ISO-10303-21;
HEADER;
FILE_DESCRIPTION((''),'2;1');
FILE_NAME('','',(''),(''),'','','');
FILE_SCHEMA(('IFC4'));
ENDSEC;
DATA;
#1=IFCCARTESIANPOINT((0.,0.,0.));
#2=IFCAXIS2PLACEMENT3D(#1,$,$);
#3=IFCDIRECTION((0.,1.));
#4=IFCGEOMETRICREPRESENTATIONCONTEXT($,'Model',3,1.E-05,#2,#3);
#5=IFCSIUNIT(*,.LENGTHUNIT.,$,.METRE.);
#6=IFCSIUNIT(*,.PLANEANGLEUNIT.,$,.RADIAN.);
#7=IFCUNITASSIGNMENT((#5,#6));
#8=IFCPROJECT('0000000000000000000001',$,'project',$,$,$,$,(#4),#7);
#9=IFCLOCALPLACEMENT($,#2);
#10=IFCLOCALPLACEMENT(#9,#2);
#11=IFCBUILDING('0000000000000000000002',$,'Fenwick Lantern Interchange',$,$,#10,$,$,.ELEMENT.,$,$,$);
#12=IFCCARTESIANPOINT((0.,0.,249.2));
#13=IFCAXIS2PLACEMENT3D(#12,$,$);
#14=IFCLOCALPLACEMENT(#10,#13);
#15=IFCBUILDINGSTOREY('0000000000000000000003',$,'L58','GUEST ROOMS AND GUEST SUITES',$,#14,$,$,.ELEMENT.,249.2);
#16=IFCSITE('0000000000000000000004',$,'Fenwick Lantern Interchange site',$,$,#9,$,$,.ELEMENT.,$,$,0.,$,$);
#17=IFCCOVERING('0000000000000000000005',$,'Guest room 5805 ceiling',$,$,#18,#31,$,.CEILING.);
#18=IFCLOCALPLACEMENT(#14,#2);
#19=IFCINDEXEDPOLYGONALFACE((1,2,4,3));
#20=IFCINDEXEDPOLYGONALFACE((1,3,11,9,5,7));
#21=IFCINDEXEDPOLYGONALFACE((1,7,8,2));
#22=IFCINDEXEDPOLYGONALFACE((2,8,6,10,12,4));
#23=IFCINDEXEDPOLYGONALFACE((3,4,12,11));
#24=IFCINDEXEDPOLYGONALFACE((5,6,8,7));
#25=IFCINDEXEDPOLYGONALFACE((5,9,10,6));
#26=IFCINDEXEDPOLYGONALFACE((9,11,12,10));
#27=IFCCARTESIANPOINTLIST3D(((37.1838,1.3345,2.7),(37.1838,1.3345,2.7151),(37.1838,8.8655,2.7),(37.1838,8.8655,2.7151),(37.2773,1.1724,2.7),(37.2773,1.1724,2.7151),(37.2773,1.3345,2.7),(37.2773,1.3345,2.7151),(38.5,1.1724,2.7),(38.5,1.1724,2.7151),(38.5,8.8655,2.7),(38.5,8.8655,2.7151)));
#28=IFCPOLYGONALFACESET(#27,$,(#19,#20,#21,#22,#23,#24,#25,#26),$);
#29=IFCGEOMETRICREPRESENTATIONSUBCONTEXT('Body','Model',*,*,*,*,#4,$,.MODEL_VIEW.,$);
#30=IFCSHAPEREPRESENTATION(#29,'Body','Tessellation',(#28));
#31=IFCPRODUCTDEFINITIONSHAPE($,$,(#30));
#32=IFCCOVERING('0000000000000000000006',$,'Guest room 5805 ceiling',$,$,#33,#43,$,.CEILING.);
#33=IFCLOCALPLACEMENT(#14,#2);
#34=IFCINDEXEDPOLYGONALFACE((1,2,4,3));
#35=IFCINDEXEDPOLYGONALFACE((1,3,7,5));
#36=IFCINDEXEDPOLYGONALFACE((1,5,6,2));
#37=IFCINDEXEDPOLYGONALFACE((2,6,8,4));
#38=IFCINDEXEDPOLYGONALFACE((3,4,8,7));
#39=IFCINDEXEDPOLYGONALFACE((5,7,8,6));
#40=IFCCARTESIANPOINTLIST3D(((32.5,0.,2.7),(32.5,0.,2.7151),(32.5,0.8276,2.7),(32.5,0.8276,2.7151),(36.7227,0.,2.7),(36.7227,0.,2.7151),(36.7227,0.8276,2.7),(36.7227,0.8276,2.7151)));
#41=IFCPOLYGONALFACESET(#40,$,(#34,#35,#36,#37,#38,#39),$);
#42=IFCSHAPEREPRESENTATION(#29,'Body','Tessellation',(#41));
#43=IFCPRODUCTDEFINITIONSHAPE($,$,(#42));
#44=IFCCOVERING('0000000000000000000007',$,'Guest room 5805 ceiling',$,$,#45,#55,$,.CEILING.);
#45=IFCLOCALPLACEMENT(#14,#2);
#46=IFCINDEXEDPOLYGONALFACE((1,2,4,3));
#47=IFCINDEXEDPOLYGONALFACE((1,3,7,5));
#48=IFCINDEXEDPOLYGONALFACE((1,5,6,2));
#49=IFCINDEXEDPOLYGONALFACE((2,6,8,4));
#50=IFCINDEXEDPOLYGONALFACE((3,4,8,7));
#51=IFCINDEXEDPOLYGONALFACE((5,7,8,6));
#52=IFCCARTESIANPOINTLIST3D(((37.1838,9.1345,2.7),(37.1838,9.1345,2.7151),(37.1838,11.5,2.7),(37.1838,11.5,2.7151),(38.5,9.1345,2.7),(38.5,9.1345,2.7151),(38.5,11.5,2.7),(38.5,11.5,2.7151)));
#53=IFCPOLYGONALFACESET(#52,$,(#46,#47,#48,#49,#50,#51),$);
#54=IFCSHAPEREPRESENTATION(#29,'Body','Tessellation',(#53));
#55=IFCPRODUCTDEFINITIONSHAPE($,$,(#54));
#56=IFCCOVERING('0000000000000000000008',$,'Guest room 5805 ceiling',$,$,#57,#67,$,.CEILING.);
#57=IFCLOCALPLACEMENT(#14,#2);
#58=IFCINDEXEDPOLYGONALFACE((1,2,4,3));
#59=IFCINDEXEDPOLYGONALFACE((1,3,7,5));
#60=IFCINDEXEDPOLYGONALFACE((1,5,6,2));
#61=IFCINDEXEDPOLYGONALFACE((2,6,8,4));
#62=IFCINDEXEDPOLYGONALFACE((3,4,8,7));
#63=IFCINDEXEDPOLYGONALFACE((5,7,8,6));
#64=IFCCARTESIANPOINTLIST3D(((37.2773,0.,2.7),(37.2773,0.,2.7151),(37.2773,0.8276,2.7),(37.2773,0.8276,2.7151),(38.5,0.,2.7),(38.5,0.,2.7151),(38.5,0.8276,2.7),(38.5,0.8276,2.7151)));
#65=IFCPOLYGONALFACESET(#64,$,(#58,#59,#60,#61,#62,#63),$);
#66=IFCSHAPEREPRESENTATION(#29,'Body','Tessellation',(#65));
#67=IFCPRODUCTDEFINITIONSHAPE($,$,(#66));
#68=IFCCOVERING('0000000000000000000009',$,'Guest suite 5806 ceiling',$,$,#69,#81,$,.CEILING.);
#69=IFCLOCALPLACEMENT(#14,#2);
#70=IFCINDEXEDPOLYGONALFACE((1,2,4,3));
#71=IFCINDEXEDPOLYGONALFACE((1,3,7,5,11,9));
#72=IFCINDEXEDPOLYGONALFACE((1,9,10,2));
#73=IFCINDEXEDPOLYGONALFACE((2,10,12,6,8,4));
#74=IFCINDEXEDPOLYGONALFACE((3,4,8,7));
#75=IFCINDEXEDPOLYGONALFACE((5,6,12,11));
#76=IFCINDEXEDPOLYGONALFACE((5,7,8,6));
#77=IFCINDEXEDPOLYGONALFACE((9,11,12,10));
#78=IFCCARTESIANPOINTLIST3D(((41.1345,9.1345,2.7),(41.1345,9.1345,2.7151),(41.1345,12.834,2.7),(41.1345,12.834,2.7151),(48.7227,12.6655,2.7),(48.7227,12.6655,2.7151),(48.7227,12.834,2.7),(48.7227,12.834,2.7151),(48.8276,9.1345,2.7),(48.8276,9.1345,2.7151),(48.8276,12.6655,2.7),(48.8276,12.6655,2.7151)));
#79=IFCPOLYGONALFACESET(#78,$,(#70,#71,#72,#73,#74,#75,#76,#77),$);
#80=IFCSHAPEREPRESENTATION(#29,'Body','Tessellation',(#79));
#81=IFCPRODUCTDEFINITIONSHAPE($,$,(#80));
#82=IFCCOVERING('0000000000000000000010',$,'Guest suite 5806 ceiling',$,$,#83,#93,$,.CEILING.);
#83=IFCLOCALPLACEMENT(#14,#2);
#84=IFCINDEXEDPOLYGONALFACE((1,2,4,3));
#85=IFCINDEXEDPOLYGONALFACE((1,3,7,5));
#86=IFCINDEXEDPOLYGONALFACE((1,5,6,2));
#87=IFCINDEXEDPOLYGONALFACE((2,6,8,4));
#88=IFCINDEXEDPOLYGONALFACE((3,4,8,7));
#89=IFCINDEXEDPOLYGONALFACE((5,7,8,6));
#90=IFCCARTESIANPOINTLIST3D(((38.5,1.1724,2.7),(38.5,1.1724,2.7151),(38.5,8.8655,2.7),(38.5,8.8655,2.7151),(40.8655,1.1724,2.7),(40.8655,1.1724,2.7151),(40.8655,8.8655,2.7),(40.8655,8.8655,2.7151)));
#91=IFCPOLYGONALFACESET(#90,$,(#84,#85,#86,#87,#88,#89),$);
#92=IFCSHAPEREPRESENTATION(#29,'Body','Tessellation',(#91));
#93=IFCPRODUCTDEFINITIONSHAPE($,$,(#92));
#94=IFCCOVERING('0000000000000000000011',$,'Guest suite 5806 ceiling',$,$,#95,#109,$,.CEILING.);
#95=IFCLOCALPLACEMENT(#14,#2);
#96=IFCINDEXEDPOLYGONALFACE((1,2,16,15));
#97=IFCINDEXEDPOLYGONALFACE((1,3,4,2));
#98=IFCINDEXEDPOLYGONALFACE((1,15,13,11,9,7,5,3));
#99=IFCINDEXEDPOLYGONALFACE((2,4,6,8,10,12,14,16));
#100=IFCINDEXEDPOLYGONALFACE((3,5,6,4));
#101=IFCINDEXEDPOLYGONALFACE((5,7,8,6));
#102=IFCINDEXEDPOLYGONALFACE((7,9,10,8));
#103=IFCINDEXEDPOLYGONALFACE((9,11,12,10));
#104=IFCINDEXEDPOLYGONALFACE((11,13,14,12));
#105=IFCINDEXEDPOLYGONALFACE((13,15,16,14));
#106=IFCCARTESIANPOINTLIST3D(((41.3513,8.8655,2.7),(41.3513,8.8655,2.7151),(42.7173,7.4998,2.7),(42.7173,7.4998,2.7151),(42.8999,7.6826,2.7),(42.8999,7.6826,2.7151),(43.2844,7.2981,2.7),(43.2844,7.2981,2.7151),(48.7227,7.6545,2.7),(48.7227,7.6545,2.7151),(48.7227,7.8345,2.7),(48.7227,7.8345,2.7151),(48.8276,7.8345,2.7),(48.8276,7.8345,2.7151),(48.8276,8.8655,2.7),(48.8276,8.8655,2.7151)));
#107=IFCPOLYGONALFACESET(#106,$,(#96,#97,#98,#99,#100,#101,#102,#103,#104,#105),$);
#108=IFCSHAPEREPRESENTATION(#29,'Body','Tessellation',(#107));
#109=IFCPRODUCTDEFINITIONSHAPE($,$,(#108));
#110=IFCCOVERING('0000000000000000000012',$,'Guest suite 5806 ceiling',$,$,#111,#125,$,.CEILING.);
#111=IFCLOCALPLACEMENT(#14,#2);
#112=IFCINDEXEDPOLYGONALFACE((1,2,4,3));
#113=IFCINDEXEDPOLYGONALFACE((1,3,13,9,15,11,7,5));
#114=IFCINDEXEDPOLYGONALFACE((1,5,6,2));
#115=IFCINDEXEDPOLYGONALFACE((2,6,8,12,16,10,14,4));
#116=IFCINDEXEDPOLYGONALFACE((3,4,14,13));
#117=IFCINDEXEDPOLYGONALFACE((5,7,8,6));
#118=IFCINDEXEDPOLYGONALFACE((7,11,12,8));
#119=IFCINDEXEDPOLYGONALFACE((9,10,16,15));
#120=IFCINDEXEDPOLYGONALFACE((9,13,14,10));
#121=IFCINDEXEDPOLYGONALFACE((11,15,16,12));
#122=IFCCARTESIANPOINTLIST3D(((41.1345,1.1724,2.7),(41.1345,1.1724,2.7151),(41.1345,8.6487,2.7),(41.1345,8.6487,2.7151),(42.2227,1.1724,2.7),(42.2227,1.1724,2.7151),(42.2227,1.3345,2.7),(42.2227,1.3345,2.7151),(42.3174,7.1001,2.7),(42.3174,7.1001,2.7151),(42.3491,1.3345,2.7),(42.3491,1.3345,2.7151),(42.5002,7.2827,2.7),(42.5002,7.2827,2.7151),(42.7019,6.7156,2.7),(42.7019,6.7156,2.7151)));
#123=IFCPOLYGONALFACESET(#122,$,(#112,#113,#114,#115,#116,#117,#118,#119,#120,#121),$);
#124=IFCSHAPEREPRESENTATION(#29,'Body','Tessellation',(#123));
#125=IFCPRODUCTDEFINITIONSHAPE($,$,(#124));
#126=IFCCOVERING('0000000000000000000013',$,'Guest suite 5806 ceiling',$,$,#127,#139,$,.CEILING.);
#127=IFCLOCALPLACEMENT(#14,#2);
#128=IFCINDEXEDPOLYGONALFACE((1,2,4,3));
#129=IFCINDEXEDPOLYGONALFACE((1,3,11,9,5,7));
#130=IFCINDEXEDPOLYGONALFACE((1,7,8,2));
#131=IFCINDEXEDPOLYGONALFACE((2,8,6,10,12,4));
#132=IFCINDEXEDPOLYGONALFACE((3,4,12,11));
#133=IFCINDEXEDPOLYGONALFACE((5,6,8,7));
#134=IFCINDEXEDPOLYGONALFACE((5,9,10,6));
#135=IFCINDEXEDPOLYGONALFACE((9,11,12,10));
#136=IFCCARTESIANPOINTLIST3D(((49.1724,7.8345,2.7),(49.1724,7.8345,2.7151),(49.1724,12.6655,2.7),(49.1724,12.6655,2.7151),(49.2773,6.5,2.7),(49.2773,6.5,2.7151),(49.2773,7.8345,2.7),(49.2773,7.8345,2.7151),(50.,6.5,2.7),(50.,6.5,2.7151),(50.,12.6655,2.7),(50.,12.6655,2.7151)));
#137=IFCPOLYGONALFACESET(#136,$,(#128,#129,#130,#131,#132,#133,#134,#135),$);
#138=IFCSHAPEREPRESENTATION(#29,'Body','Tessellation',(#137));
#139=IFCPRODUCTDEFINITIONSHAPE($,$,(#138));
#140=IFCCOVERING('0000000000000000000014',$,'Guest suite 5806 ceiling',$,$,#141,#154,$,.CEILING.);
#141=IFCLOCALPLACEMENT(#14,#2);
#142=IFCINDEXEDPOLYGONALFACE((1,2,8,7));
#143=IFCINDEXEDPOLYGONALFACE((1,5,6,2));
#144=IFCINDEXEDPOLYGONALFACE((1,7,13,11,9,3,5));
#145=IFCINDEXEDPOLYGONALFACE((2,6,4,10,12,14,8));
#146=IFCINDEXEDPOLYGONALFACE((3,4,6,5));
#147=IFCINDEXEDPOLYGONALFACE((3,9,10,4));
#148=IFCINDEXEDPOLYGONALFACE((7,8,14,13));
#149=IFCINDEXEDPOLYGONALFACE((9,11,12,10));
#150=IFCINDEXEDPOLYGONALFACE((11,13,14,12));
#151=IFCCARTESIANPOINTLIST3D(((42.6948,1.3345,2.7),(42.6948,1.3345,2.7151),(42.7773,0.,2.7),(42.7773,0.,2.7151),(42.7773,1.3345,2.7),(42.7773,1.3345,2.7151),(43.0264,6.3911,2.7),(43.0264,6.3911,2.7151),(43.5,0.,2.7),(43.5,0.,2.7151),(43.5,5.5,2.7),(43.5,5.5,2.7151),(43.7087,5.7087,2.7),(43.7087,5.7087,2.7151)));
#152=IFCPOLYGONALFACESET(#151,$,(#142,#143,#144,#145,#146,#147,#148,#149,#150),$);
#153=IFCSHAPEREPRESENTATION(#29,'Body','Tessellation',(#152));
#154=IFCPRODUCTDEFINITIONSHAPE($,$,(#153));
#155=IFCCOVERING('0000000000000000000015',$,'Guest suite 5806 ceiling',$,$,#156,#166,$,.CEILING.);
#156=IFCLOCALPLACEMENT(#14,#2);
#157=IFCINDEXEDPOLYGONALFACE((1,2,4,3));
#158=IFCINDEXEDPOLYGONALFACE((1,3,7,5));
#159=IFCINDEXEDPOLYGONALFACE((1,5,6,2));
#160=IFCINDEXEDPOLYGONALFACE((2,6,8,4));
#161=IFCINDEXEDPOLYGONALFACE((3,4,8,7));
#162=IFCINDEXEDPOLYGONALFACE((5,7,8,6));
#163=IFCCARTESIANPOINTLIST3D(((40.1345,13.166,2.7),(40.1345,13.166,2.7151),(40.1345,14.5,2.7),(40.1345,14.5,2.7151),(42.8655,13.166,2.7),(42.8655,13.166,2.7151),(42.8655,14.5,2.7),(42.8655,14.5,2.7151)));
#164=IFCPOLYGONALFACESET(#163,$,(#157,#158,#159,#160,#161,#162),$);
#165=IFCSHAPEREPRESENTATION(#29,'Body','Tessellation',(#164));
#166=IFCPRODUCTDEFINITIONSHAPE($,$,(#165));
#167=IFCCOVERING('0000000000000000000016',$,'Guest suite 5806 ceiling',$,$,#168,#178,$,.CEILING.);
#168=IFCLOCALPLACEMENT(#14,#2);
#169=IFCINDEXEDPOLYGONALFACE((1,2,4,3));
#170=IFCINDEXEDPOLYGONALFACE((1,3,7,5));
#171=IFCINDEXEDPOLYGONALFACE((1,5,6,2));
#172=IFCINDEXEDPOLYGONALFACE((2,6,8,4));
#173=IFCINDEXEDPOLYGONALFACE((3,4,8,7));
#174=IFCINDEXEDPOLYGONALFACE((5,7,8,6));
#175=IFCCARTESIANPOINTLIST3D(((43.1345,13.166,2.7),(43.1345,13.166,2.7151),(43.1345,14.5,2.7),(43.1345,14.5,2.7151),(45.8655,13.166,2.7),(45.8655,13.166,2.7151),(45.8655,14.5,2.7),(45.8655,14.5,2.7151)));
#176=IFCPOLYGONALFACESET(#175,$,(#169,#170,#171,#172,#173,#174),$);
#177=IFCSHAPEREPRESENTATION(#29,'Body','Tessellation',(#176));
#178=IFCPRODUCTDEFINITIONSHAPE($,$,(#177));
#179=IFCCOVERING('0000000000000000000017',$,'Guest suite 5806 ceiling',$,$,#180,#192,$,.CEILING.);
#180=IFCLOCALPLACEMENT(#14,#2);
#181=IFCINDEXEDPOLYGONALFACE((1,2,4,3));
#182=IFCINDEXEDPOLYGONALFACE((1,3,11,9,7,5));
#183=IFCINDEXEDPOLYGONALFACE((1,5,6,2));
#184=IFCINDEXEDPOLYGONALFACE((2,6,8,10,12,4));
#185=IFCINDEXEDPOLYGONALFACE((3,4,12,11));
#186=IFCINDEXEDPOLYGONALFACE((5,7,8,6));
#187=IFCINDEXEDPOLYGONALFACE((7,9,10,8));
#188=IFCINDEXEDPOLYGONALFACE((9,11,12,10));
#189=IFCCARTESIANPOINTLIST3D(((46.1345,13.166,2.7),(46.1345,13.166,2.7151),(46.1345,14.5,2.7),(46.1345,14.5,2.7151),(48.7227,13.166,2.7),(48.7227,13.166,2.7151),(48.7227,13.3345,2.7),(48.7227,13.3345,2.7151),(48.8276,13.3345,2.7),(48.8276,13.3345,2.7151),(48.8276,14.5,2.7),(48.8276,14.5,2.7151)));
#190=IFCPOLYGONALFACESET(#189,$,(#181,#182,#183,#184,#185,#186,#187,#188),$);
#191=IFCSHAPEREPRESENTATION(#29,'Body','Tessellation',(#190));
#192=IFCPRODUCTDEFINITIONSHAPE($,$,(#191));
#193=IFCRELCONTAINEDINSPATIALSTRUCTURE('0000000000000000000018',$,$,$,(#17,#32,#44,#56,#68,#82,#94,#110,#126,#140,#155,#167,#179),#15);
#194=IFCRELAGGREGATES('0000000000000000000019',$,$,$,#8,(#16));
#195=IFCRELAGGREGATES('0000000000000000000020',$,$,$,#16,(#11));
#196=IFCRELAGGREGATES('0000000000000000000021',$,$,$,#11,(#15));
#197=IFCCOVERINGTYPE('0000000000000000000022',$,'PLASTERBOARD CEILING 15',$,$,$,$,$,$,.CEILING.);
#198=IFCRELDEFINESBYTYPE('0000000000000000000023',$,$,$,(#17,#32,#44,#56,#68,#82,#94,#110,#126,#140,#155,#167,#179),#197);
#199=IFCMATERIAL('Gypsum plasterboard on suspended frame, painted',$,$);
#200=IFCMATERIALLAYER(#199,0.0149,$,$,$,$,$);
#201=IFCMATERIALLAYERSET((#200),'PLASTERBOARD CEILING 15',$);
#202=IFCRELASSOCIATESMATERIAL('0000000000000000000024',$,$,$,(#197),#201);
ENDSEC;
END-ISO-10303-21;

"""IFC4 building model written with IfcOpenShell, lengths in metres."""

from ifc_helpers import new_model, si_unit, direction, frame, origin, place, context, subcontext, project, spatial, polyline, outline, extrude, material, layer, layer_set, type_object, element, save


model = new_model("IFC4")

# Units and contexts
model_context = context("Model", 3, precision=1e-05, world=origin(), true_north=direction((0.0, 1.0)))
body_context = subcontext(model_context, "Body", "Model", "MODEL_VIEW")
ifc_project = project(units=[si_unit("LENGTHUNIT", "METRE"), si_unit("PLANEANGLEUNIT", "RADIAN")], contexts=[model_context])

# Site, building, storey
site_placement = place(None, origin())
site = spatial("IfcSite", under=ifc_project, at=site_placement, Name="Fenwick Lantern Interchange site", CompositionType="ELEMENT", RefElevation=0.0)
building_placement = place(site_placement, origin())
building = spatial("IfcBuilding", under=site, at=building_placement, Name="Fenwick Lantern Interchange", CompositionType="ELEMENT")
storey_placement = place(building_placement, frame((0.0, 0.0, 249.2)))
storey = spatial("IfcBuildingStorey", under=building, at=storey_placement, Name="L58", Description="GUEST ROOMS AND GUEST SUITES", CompositionType="ELEMENT", Elevation=249.2)

# Coverings
ifc_material = material(Name="Gypsum plasterboard on suspended frame, painted")
ifc_layer = layer(ifc_material, 0.0149)
ifc_layer_set = layer_set([ifc_layer], Name="PLASTERBOARD CEILING 15")
covering_type = type_object("IfcCoveringType", Name="PLASTERBOARD CEILING 15", PredefinedType="CEILING", material=ifc_layer_set)
covering_1_placement = place(storey_placement, frame((0.0, 0.0, 2.7)))
element("IfcCovering", 1, at=covering_1_placement, inside=storey, type_object=covering_type, Name="Guest room 5805 ceiling", PredefinedType="CEILING", context=body_context, shape_type="SweptSolid", body=[
    extrude(outline(polyline([(37.2773, 1.3345), (37.2773, 1.1724), (38.5, 1.1724), (38.5, 8.8655), (37.1838, 8.8655), (37.1838, 1.3345), (37.2773, 1.3345)])), origin(), (0.0, 0.0, 1.0), 0.0151),
])
covering_2_placement = place(storey_placement, frame((0.0, 0.0, 2.7)))
element("IfcCovering", 2, at=covering_2_placement, inside=storey, type_object=covering_type, Name="Guest room 5805 ceiling", PredefinedType="CEILING", context=body_context, shape_type="SweptSolid", body=[
    extrude(outline(polyline([(36.7227, 0.0), (36.7227, 0.8276), (32.5, 0.8276), (32.5, 0.0), (36.7227, 0.0)])), origin(), (0.0, 0.0, 1.0), 0.0151),
])
covering_3_placement = place(storey_placement, frame((0.0, 0.0, 2.7)))
element("IfcCovering", 3, at=covering_3_placement, inside=storey, type_object=covering_type, Name="Guest room 5805 ceiling", PredefinedType="CEILING", context=body_context, shape_type="SweptSolid", body=[
    extrude(outline(polyline([(38.5, 11.5), (37.1838, 11.5), (37.1838, 9.1345), (38.5, 9.1345), (38.5, 11.5)])), origin(), (0.0, 0.0, 1.0), 0.0151),
])
covering_4_placement = place(storey_placement, frame((0.0, 0.0, 2.7)))
element("IfcCovering", 4, at=covering_4_placement, inside=storey, type_object=covering_type, Name="Guest room 5805 ceiling", PredefinedType="CEILING", context=body_context, shape_type="SweptSolid", body=[
    extrude(outline(polyline([(37.2773, 0.0), (38.5, 0.0), (38.5, 0.8276), (37.2773, 0.8276), (37.2773, 0.0)])), origin(), (0.0, 0.0, 1.0), 0.0151),
])
covering_5_placement = place(storey_placement, frame((0.0, 0.0, 2.7)))
element("IfcCovering", 5, at=covering_5_placement, inside=storey, type_object=covering_type, Name="Guest suite 5806 ceiling", PredefinedType="CEILING", context=body_context, shape_type="SweptSolid", body=[
    extrude(outline(polyline([(48.7227, 12.6655), (48.7227, 12.834), (41.1345, 12.834), (41.1345, 9.1345), (48.8276, 9.1345), (48.8276, 12.6655), (48.7227, 12.6655)])), origin(), (0.0, 0.0, 1.0), 0.0151),
])
covering_6_placement = place(storey_placement, frame((0.0, 0.0, 2.7)))
element("IfcCovering", 6, at=covering_6_placement, inside=storey, type_object=covering_type, Name="Guest suite 5806 ceiling", PredefinedType="CEILING", context=body_context, shape_type="SweptSolid", body=[
    extrude(outline(polyline([(38.5, 8.8655), (38.5, 1.1724), (40.8655, 1.1724), (40.8655, 8.8655), (38.5, 8.8655)])), origin(), (0.0, 0.0, 1.0), 0.0151),
])
covering_7_placement = place(storey_placement, frame((0.0, 0.0, 2.7)))
element("IfcCovering", 7, at=covering_7_placement, inside=storey, type_object=covering_type, Name="Guest suite 5806 ceiling", PredefinedType="CEILING", context=body_context, shape_type="SweptSolid", body=[
    extrude(outline(polyline([(48.7227, 7.8345), (48.8276, 7.8345), (48.8276, 8.8655), (41.3513, 8.8655), (42.7173, 7.4998), (42.8999, 7.6826), (43.2844, 7.2981), (48.7227, 7.6545), (48.7227, 7.8345)])), origin(), (0.0, 0.0, 1.0), 0.0151),
])
covering_8_placement = place(storey_placement, frame((0.0, 0.0, 2.7)))
element("IfcCovering", 8, at=covering_8_placement, inside=storey, type_object=covering_type, Name="Guest suite 5806 ceiling", PredefinedType="CEILING", context=body_context, shape_type="SweptSolid", body=[
    extrude(outline(polyline([(42.2227, 1.3345), (42.3491, 1.3345), (42.7019, 6.7156), (42.3174, 7.1001), (42.5002, 7.2827), (41.1345, 8.6487), (41.1345, 1.1724), (42.2227, 1.1724), (42.2227, 1.3345)])), origin(), (0.0, 0.0, 1.0), 0.0151),
])
covering_9_placement = place(storey_placement, frame((0.0, 0.0, 2.7)))
element("IfcCovering", 9, at=covering_9_placement, inside=storey, type_object=covering_type, Name="Guest suite 5806 ceiling", PredefinedType="CEILING", context=body_context, shape_type="SweptSolid", body=[
    extrude(outline(polyline([(50.0, 12.6655), (49.1724, 12.6655), (49.1724, 7.8345), (49.2773, 7.8345), (49.2773, 6.5), (50.0, 6.5), (50.0, 12.6655)])), origin(), (0.0, 0.0, 1.0), 0.0151),
])
covering_10_placement = place(storey_placement, frame((0.0, 0.0, 2.7)))
element("IfcCovering", 10, at=covering_10_placement, inside=storey, type_object=covering_type, Name="Guest suite 5806 ceiling", PredefinedType="CEILING", context=body_context, shape_type="SweptSolid", body=[
    extrude(outline(polyline([(42.6948, 1.3345), (42.7773, 1.3345), (42.7773, 0.0), (43.5, 0.0), (43.5, 5.5), (43.7087, 5.7087), (43.0264, 6.3911), (42.6948, 1.3345)])), origin(), (0.0, 0.0, 1.0), 0.0151),
])
covering_11_placement = place(storey_placement, frame((0.0, 0.0, 2.7)))
element("IfcCovering", 11, at=covering_11_placement, inside=storey, type_object=covering_type, Name="Guest suite 5806 ceiling", PredefinedType="CEILING", context=body_context, shape_type="SweptSolid", body=[
    extrude(outline(polyline([(42.8655, 14.5), (40.1345, 14.5), (40.1345, 13.166), (42.8655, 13.166), (42.8655, 14.5)])), origin(), (0.0, 0.0, 1.0), 0.0151),
])
covering_12_placement = place(storey_placement, frame((0.0, 0.0, 2.7)))
element("IfcCovering", 12, at=covering_12_placement, inside=storey, type_object=covering_type, Name="Guest suite 5806 ceiling", PredefinedType="CEILING", context=body_context, shape_type="SweptSolid", body=[
    extrude(outline(polyline([(45.8655, 14.5), (43.1345, 14.5), (43.1345, 13.166), (45.8655, 13.166), (45.8655, 14.5)])), origin(), (0.0, 0.0, 1.0), 0.0151),
])
covering_13_placement = place(storey_placement, frame((0.0, 0.0, 2.7)))
element("IfcCovering", 13, at=covering_13_placement, inside=storey, type_object=covering_type, Name="Guest suite 5806 ceiling", PredefinedType="CEILING", context=body_context, shape_type="SweptSolid", body=[
    extrude(outline(polyline([(48.8276, 14.5), (46.1345, 14.5), (46.1345, 13.166), (48.7227, 13.166), (48.7227, 13.3345), (48.8276, 13.3345), (48.8276, 14.5)])), origin(), (0.0, 0.0, 1.0), 0.0151),
])

save(model, "model.ifc")
